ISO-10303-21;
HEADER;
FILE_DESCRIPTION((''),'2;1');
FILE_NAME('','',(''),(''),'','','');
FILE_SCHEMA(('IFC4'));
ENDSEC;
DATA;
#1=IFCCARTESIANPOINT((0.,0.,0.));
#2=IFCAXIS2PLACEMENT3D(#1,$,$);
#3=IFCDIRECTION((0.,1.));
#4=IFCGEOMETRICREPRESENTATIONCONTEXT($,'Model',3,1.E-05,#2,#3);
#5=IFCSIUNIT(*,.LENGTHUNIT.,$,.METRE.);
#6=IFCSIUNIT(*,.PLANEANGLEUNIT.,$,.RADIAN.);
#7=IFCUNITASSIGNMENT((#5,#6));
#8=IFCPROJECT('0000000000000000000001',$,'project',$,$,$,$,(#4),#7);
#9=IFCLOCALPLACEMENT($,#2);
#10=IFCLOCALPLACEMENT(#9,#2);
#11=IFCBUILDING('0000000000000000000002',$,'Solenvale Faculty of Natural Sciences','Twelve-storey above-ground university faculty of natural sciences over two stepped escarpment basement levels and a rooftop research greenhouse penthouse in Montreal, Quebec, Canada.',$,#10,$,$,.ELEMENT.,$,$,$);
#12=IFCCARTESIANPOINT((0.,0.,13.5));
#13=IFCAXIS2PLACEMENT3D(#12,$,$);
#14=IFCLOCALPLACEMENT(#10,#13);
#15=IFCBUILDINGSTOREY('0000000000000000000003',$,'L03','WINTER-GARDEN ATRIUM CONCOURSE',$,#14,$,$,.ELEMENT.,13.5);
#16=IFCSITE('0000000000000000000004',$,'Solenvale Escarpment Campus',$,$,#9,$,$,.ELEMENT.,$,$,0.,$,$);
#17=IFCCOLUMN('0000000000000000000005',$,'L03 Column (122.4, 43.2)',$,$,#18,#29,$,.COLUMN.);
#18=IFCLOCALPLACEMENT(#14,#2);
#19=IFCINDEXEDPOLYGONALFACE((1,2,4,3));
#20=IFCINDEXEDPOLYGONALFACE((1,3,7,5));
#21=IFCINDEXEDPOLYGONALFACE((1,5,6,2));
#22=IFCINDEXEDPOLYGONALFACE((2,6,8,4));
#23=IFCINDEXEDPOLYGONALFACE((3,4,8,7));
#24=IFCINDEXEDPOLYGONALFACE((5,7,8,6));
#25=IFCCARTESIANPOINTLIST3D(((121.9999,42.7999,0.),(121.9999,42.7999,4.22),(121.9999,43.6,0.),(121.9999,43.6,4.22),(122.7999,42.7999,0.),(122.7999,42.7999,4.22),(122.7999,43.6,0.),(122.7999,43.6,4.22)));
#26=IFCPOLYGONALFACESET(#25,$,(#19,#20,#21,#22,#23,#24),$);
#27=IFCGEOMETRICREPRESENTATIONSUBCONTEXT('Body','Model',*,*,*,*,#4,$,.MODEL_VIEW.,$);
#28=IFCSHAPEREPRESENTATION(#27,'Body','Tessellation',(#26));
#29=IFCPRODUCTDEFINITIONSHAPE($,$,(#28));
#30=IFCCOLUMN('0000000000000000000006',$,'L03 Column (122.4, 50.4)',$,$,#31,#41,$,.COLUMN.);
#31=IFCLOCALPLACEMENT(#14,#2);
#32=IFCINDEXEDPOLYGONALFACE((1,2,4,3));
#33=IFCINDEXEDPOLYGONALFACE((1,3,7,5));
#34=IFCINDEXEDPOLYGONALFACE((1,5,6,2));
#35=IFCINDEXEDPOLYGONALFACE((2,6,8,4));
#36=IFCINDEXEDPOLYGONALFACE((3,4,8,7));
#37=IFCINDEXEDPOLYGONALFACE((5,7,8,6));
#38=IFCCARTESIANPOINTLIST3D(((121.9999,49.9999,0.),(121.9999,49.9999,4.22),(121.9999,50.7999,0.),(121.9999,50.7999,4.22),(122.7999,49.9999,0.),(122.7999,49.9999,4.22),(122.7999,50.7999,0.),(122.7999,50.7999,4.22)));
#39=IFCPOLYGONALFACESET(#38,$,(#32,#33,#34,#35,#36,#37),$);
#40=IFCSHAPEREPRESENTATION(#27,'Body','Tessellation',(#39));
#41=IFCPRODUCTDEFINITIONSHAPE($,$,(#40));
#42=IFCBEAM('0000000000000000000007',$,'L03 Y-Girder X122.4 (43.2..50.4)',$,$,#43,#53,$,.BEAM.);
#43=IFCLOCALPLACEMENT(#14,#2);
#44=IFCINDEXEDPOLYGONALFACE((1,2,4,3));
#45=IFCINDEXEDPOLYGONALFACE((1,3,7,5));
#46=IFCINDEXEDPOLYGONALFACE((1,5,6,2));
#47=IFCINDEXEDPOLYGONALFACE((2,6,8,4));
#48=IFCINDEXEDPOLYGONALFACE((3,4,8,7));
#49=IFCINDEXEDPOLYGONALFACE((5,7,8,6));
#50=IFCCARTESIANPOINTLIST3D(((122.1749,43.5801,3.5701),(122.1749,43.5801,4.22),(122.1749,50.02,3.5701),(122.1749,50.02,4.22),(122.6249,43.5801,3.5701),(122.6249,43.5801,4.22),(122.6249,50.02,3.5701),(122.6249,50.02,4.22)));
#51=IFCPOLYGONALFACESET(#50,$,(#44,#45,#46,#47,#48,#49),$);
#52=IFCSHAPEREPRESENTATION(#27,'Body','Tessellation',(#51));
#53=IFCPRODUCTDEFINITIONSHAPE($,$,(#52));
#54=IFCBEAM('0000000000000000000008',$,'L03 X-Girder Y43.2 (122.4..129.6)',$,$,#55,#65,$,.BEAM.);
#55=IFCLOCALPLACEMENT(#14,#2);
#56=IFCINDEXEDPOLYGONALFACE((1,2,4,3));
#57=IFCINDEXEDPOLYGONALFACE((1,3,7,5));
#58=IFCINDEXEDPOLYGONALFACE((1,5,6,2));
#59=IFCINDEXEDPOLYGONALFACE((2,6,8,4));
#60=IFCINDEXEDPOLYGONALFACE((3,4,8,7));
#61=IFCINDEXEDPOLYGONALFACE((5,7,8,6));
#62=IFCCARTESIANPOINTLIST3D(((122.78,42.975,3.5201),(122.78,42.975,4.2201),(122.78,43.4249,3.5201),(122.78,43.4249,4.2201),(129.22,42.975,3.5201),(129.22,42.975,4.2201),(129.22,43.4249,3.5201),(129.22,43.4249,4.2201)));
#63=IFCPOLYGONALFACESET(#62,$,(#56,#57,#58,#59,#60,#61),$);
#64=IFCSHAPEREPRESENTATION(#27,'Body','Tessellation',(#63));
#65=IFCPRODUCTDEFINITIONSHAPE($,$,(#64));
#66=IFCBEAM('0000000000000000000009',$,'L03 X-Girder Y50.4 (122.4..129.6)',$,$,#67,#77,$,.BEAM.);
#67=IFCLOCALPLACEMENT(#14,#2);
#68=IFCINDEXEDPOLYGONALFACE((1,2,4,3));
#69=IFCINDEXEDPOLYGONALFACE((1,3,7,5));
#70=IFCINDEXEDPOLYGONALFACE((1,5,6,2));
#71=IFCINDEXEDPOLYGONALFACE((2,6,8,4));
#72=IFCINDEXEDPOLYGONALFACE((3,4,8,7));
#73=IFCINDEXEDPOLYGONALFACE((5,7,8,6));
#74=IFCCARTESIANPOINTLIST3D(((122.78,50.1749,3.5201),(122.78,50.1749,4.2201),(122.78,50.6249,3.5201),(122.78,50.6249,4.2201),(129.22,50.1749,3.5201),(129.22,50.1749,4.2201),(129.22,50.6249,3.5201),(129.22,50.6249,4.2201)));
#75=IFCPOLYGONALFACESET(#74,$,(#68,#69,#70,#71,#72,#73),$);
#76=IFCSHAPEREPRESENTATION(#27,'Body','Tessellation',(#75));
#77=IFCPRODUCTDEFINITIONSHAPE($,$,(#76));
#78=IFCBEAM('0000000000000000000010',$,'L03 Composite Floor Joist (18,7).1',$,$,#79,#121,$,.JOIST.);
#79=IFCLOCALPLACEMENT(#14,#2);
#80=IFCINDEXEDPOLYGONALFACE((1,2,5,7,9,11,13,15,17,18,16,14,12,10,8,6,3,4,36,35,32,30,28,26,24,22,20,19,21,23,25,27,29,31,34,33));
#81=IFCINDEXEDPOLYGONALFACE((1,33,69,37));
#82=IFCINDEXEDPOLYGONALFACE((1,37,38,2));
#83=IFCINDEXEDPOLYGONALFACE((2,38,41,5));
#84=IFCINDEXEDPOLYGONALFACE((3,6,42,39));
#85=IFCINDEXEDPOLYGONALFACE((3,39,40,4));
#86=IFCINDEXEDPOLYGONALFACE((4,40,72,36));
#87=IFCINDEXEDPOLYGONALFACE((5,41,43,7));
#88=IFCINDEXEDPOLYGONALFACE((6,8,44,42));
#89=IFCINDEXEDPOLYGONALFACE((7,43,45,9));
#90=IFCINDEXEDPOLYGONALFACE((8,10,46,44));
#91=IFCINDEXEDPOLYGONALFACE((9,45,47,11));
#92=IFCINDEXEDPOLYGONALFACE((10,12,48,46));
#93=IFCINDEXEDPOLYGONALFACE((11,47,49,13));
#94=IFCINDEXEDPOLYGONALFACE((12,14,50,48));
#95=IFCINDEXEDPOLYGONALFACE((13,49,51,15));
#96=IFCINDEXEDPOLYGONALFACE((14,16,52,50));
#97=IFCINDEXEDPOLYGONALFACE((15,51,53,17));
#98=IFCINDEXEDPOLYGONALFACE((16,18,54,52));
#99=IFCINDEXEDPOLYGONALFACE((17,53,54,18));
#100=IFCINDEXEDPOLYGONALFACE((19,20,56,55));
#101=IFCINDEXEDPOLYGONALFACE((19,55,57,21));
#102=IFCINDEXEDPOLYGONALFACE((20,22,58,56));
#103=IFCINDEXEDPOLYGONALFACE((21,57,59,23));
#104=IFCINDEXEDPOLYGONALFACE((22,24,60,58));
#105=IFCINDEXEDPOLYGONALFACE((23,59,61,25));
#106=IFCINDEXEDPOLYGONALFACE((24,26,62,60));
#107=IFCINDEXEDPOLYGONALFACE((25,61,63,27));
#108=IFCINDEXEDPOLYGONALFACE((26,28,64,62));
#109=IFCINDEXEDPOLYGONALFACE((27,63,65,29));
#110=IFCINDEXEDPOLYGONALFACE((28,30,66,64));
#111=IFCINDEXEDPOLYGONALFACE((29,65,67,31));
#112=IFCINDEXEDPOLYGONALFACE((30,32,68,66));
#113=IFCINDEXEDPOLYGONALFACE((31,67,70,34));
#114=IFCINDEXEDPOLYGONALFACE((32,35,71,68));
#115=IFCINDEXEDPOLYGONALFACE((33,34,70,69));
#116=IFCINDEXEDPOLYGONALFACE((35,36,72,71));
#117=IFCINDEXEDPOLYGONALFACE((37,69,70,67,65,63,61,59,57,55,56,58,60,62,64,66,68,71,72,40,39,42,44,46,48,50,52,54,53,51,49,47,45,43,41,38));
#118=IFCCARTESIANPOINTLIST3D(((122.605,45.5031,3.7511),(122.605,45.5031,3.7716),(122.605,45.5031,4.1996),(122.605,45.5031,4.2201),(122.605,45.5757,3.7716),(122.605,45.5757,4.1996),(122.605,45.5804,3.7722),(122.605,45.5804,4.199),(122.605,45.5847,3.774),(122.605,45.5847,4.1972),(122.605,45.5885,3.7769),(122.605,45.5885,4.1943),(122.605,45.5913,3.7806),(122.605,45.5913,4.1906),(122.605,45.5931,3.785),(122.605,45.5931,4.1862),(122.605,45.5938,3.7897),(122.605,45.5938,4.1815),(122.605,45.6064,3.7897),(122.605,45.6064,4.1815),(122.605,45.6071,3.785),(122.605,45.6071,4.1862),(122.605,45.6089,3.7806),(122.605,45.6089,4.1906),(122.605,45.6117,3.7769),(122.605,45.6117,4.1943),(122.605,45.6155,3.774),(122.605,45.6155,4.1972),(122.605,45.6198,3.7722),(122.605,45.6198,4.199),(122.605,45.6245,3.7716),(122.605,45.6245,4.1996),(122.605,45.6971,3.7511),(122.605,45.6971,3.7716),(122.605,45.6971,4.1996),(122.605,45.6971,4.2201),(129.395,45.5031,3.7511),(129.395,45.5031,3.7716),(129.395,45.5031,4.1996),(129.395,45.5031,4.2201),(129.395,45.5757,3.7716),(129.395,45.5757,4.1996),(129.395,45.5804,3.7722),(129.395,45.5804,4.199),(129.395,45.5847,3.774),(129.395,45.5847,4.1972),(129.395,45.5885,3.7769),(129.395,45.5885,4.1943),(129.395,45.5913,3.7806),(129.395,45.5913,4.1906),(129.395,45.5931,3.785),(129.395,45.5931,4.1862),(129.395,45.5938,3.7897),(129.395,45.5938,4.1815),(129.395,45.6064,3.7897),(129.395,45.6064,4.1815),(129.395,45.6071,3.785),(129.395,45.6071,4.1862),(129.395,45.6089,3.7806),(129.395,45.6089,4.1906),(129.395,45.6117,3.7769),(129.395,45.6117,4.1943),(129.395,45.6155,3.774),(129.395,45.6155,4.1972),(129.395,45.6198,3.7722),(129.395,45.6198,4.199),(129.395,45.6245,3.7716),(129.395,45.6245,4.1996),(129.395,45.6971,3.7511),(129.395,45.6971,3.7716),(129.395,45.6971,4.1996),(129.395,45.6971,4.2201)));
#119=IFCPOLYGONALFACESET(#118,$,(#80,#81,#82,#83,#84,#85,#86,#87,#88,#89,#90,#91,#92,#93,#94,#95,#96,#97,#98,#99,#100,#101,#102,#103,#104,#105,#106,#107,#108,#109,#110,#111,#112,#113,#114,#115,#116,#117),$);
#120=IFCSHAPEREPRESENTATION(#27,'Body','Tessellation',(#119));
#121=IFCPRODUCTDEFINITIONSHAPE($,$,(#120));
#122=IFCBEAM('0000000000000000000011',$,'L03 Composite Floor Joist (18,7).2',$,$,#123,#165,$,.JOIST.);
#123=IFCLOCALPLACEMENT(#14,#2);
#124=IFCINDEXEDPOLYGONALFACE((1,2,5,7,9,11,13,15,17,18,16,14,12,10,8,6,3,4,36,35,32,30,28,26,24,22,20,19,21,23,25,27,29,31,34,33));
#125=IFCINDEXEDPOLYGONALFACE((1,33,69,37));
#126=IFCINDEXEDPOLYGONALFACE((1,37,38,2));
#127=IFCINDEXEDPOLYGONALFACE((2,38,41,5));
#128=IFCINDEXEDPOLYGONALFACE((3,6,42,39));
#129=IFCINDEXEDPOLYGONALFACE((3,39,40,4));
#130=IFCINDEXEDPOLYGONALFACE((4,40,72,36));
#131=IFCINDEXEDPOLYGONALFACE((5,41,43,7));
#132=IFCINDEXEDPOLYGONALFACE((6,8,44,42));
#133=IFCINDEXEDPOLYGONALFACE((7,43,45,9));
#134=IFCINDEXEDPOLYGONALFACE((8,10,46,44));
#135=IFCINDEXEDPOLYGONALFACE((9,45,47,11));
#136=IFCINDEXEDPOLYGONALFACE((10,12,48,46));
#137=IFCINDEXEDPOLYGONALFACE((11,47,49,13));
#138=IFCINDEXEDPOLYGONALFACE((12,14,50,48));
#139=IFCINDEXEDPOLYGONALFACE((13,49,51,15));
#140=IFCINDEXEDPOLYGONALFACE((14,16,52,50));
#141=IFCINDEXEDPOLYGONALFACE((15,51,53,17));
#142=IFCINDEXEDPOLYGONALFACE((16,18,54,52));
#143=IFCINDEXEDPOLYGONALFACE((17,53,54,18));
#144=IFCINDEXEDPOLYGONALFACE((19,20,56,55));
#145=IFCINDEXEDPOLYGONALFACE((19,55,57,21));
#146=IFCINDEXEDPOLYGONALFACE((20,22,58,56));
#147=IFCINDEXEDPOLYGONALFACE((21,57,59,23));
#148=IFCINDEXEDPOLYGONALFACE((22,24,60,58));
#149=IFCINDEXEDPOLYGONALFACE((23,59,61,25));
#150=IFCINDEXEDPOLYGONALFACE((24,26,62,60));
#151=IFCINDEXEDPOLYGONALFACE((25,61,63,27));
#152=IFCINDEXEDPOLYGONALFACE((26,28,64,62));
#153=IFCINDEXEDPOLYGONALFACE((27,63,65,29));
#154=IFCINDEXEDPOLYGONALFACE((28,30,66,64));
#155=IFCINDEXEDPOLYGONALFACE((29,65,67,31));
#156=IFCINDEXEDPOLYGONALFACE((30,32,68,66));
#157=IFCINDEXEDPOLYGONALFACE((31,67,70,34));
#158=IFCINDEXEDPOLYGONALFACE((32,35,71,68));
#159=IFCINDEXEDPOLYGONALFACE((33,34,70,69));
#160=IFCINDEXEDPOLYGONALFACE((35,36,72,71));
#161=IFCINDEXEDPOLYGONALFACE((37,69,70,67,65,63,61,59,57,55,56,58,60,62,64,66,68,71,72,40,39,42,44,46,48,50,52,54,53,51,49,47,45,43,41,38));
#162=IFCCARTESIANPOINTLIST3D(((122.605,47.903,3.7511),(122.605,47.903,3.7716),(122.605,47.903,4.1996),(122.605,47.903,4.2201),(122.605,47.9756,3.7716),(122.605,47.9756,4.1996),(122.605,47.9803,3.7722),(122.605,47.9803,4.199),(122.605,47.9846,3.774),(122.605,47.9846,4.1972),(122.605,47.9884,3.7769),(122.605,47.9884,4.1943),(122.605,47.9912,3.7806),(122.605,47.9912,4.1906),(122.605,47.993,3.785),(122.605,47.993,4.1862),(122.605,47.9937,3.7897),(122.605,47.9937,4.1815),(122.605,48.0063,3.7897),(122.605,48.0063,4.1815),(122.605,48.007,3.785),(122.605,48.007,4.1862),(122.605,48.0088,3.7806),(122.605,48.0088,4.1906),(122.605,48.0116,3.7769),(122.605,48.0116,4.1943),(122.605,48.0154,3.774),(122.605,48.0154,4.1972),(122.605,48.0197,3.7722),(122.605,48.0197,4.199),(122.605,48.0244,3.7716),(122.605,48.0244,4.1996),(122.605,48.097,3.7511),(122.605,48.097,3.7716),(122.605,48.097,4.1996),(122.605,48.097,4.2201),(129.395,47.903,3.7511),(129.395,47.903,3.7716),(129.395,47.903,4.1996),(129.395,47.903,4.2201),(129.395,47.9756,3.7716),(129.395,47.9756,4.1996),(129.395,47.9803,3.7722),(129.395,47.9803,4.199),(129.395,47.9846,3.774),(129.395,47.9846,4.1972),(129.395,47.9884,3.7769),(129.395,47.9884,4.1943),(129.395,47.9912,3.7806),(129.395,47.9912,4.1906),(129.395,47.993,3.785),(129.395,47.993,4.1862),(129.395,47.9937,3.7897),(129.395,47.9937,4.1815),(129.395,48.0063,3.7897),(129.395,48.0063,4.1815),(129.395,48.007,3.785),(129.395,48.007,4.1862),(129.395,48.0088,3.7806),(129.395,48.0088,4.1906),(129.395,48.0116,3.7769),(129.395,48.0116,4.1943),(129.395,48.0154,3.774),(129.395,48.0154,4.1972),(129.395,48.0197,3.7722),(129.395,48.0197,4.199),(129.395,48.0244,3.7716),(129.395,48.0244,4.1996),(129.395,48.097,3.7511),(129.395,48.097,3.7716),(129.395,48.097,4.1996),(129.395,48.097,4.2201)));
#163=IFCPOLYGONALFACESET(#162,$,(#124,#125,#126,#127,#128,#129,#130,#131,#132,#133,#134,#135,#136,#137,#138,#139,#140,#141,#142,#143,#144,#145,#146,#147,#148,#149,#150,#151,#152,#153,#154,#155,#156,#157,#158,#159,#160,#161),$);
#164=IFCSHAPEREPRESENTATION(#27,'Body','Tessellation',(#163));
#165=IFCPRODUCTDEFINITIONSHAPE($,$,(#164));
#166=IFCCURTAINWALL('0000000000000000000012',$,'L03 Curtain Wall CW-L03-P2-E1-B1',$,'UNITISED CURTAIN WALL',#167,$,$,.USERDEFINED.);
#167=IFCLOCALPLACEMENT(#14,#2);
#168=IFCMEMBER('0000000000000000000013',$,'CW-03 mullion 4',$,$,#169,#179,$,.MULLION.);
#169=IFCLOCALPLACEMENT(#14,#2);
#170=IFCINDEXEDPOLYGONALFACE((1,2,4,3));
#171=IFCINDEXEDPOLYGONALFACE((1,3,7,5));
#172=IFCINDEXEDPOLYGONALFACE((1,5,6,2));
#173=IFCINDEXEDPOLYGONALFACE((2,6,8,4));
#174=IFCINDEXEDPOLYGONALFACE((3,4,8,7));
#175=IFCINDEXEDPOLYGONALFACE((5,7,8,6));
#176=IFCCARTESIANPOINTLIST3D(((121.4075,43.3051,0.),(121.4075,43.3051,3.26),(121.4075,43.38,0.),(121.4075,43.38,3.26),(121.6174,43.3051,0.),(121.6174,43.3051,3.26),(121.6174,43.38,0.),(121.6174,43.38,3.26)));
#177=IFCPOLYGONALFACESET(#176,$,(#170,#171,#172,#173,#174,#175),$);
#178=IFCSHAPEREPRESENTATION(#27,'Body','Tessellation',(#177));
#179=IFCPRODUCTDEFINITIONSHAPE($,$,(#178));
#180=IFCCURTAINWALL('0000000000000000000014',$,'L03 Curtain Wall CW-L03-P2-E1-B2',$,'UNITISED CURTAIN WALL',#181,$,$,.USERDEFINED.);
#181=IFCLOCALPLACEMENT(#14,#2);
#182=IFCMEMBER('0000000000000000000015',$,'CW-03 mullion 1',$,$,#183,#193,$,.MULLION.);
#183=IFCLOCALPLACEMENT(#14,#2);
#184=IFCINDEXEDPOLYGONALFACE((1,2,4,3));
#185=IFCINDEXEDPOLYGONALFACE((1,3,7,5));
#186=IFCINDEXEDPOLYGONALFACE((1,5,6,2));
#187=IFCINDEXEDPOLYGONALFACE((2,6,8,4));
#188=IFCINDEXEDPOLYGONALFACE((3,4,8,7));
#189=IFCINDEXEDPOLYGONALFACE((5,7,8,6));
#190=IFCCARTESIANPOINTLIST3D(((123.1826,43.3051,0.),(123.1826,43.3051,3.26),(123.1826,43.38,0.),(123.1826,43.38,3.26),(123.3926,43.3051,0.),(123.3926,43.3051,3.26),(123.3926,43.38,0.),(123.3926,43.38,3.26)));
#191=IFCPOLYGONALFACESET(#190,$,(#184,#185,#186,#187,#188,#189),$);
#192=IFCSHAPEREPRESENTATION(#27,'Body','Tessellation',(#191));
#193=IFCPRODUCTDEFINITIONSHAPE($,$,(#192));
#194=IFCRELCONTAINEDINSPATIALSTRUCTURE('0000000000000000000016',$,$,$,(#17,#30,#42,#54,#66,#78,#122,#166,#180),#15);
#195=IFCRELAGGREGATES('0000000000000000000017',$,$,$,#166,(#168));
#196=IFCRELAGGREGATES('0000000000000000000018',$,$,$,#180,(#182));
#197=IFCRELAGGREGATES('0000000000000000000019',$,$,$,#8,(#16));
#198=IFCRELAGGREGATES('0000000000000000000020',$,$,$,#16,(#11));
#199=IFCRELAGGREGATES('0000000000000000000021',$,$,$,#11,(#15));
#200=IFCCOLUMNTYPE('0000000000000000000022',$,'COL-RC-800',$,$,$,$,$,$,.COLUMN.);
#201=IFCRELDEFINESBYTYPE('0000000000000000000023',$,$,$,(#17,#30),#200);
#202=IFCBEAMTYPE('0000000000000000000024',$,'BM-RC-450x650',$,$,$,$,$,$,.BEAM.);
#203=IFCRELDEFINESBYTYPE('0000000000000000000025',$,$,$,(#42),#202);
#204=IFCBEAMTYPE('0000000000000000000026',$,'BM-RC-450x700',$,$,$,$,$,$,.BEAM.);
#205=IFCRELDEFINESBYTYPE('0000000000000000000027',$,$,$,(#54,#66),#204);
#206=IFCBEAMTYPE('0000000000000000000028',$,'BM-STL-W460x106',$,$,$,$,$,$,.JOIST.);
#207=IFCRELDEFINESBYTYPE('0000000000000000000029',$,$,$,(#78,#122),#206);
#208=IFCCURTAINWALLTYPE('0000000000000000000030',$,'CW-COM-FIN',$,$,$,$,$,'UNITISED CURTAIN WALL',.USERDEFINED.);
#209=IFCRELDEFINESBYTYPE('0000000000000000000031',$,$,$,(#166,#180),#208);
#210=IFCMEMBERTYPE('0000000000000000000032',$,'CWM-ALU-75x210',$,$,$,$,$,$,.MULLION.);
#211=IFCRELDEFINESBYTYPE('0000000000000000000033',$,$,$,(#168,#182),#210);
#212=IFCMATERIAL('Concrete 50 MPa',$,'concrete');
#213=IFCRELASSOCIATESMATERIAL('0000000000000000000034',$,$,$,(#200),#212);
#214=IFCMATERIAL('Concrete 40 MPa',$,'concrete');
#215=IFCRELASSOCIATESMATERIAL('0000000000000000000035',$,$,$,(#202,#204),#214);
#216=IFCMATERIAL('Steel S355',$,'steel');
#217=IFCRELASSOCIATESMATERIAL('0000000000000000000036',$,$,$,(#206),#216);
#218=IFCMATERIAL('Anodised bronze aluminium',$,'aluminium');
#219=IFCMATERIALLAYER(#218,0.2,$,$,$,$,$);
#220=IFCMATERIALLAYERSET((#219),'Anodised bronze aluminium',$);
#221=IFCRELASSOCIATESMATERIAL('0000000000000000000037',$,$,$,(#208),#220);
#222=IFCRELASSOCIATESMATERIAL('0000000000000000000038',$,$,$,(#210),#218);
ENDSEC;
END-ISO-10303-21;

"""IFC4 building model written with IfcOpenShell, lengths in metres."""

from ifc_helpers import new_model, si_unit, direction, frame, origin, origin_2d, place, context, subcontext, project, spatial, rectangle, i_section, extrude, material, layer, layer_set, material_profile, profile_set, type_object, element, aggregate, save


model = new_model("IFC4")

# Units and contexts
model_context = context("Model", 3, precision=1e-05, world=origin(), true_north=direction((0.0, 1.0)))
body_context = subcontext(model_context, "Body", "Model", "MODEL_VIEW")
ifc_project = project(units=[si_unit("LENGTHUNIT", "METRE"), si_unit("PLANEANGLEUNIT", "RADIAN")], contexts=[model_context])

# Site, building, storey
site_placement = place(None, origin())
site = spatial("IfcSite", under=ifc_project, at=site_placement, Name="Solenvale Escarpment Campus", CompositionType="ELEMENT", RefElevation=0.0)
building_placement = place(site_placement, origin())
building = spatial("IfcBuilding", under=site, at=building_placement, Name="Solenvale Faculty of Natural Sciences", Description="Twelve-storey above-ground university faculty of natural sciences over two stepped escarpment basement levels and a rooftop research greenhouse penthouse in Montreal, Quebec, Canada.", CompositionType="ELEMENT")
storey_placement = place(building_placement, frame((0.0, 0.0, 13.5)))
storey = spatial("IfcBuildingStorey", under=building, at=storey_placement, Name="L03", Description="WINTER-GARDEN ATRIUM CONCOURSE", CompositionType="ELEMENT", Elevation=13.5)

# Columns
ifc_material_1 = material(Name="Concrete 50 MPa", Category="concrete")
ifc_material_profile_1 = material_profile(ifc_material_1, rectangle(XDim=0.8, YDim=0.8, at=origin_2d()), Name="RC-COL-800x800")
ifc_profile_set_1 = profile_set([ifc_material_profile_1], Name="Concrete 50 MPa")
column_type = type_object("IfcColumnType", Name="COL-RC-800", PredefinedType="COLUMN", material=ifc_profile_set_1)
for number, where, z_axis, x_axis, name in (
    (1, (122.3999, 43.2, 0.0), (0.0, 0.0, 1.0), (1.0, 0.0, 0.0), "L03 Column (122.4, 43.2)"),
    (2, (122.3999, 50.3999, 0.0), (0.0, 0.0, 1.0), (1.0, 0.0, 0.0), "L03 Column (122.4, 50.4)"),
):
    element("IfcColumn", number, at=place(storey_placement, frame(where, z_axis=z_axis, x_axis=x_axis)), inside=storey, type_object=column_type, Name=name, PredefinedType="COLUMN", context=body_context, shape_type="SweptSolid", body=[
        extrude(rectangle(XDim=0.8, YDim=0.8, at=origin_2d()), origin(), (0.0, 0.0, 1.0), 4.22),
    ])

# Beams
ifc_material_2 = material(Name="Concrete 40 MPa", Category="concrete")
ifc_material_profile_2 = material_profile(ifc_material_2, rectangle(XDim=0.45, YDim=0.6499, at=origin_2d()), Name="RC-BM-450x650")
ifc_profile_set_2 = profile_set([ifc_material_profile_2], Name="Concrete 40 MPa")
beam_type_1 = type_object("IfcBeamType", Name="BM-RC-450x650", PredefinedType="BEAM", material=ifc_profile_set_2)
beam_placement = place(storey_placement, frame((122.3999, 43.5801, 3.895), z_axis=(0.0, 1.0, 0.0), x_axis=(-1.0, 0.0, 0.0)))
element("IfcBeam", 3, at=beam_placement, inside=storey, type_object=beam_type_1, Name="L03 Y-Girder X122.4 (43.2..50.4)", PredefinedType="BEAM", context=body_context, shape_type="SweptSolid", body=[
    extrude(rectangle(XDim=0.45, YDim=0.6499, at=origin_2d()), origin(), (0.0, 0.0, 1.0), 6.4399),
])
ifc_material_profile_3 = material_profile(ifc_material_2, rectangle(XDim=0.45, YDim=0.7, at=origin_2d()), Name="RC-BM-450x700")
ifc_profile_set_3 = profile_set([ifc_material_profile_3], Name="Concrete 40 MPa")
beam_type_2 = type_object("IfcBeamType", Name="BM-RC-450x700", PredefinedType="BEAM", material=ifc_profile_set_3)
for number, where, z_axis, x_axis, name in (
    (4, (122.78, 43.2, 3.8701), (1.0, 0.0, 0.0), (0.0, 1.0, 0.0), "L03 X-Girder Y43.2 (122.4..129.6)"),
    (5, (122.78, 50.3999, 3.8701), (1.0, 0.0, 0.0), (0.0, 1.0, 0.0), "L03 X-Girder Y50.4 (122.4..129.6)"),
):
    element("IfcBeam", number, at=place(storey_placement, frame(where, z_axis=z_axis, x_axis=x_axis)), inside=storey, type_object=beam_type_2, Name=name, PredefinedType="BEAM", context=body_context, shape_type="SweptSolid", body=[
        extrude(rectangle(XDim=0.45, YDim=0.7, at=origin_2d()), origin(), (0.0, 0.0, 1.0), 6.4399),
    ])
ifc_material_3 = material(Name="Steel S355", Category="steel")
ifc_material_profile_4 = material_profile(ifc_material_3, i_section(OverallWidth=0.1941, OverallDepth=0.469, WebThickness=0.0127, FlangeThickness=0.0205, FilletRadius=0.0181, at=origin_2d()), Name="W460x106")
ifc_profile_set_4 = profile_set([ifc_material_profile_4], Name="Steel S355")
beam_type_3 = type_object("IfcBeamType", Name="BM-STL-W460x106", PredefinedType="JOIST", material=ifc_profile_set_4)
for number, where, z_axis, x_axis, name in (
    (6, (122.605, 45.6001, 3.9856), (1.0, 0.0, 0.0), (0.0, 1.0, 0.0), "L03 Composite Floor Joist (18,7).1"),
    (7, (122.605, 48.0, 3.9856), (1.0, 0.0, 0.0), (0.0, 1.0, 0.0), "L03 Composite Floor Joist (18,7).2"),
):
    element("IfcBeam", number, at=place(storey_placement, frame(where, z_axis=z_axis, x_axis=x_axis)), inside=storey, type_object=beam_type_3, Name=name, PredefinedType="JOIST", context=body_context, shape_type="SweptSolid", body=[
        extrude(i_section(OverallWidth=0.1941, OverallDepth=0.469, WebThickness=0.0127, FlangeThickness=0.0205, FilletRadius=0.0181, at=origin_2d()), origin(), (0.0, 0.0, 1.0), 6.79),
    ])

# Curtain wall, member
ifc_material_4 = material(Name="Anodised bronze aluminium", Category="aluminium")
ifc_layer_1 = layer(ifc_material_4, 0.2)
ifc_layer_set_1 = layer_set([ifc_layer_1], Name="Anodised bronze aluminium")
curtain_wall_type = type_object("IfcCurtainWallType", Name="CW-COM-FIN", ElementType="UNITISED CURTAIN WALL", PredefinedType="USERDEFINED", material=ifc_layer_set_1)
curtain_wall_1_placement = place(storey_placement, origin())
curtain_wall_1 = element("IfcCurtainWall", 8, at=curtain_wall_1_placement, inside=storey, type_object=curtain_wall_type, Name="L03 Curtain Wall CW-L03-P2-E1-B1", ObjectType="UNITISED CURTAIN WALL", PredefinedType="USERDEFINED")
ifc_material_profile_5 = material_profile(ifc_material_4, rectangle(XDim=0.075, YDim=0.21, at=origin_2d()), Name="ALU-MUL-75x210")
ifc_profile_set_5 = profile_set([ifc_material_profile_5], Name="Anodised bronze aluminium")
member_type_1 = type_object("IfcMemberType", Name="CWM-ALU-75x210", PredefinedType="MULLION", material=ifc_profile_set_5)
member_1_placement = place(storey_placement, frame((121.5125, 43.3425, 0.0), z_axis=(0.0, 0.0, 1.0), x_axis=(0.0, 1.0, 0.0)))
member_1 = element("IfcMember", 9, at=member_1_placement, type_object=member_type_1, Name="CW-03 mullion 4", PredefinedType="MULLION", context=body_context, shape_type="SweptSolid", body=[
    extrude(rectangle(XDim=0.075, YDim=0.21, at=origin_2d()), origin(), (0.0, 0.0, 1.0), 3.26),
])

# Curtain wall, member
curtain_wall_2_placement = place(storey_placement, origin())
curtain_wall_2 = element("IfcCurtainWall", 10, at=curtain_wall_2_placement, inside=storey, type_object=curtain_wall_type, Name="L03 Curtain Wall CW-L03-P2-E1-B2", ObjectType="UNITISED CURTAIN WALL", PredefinedType="USERDEFINED")
member_2_placement = place(storey_placement, frame((123.2876, 43.3425, 0.0), z_axis=(0.0, 0.0, 1.0), x_axis=(0.0, 1.0, 0.0)))
member_2 = element("IfcMember", 11, at=member_2_placement, type_object=member_type_1, Name="CW-03 mullion 1", PredefinedType="MULLION", context=body_context, shape_type="SweptSolid", body=[
    extrude(rectangle(XDim=0.075, YDim=0.21, at=origin_2d()), origin(), (0.0, 0.0, 1.0), 3.26),
])

aggregate(curtain_wall_1, [member_1])
aggregate(curtain_wall_2, [member_2])

save(model, "model.ifc")
